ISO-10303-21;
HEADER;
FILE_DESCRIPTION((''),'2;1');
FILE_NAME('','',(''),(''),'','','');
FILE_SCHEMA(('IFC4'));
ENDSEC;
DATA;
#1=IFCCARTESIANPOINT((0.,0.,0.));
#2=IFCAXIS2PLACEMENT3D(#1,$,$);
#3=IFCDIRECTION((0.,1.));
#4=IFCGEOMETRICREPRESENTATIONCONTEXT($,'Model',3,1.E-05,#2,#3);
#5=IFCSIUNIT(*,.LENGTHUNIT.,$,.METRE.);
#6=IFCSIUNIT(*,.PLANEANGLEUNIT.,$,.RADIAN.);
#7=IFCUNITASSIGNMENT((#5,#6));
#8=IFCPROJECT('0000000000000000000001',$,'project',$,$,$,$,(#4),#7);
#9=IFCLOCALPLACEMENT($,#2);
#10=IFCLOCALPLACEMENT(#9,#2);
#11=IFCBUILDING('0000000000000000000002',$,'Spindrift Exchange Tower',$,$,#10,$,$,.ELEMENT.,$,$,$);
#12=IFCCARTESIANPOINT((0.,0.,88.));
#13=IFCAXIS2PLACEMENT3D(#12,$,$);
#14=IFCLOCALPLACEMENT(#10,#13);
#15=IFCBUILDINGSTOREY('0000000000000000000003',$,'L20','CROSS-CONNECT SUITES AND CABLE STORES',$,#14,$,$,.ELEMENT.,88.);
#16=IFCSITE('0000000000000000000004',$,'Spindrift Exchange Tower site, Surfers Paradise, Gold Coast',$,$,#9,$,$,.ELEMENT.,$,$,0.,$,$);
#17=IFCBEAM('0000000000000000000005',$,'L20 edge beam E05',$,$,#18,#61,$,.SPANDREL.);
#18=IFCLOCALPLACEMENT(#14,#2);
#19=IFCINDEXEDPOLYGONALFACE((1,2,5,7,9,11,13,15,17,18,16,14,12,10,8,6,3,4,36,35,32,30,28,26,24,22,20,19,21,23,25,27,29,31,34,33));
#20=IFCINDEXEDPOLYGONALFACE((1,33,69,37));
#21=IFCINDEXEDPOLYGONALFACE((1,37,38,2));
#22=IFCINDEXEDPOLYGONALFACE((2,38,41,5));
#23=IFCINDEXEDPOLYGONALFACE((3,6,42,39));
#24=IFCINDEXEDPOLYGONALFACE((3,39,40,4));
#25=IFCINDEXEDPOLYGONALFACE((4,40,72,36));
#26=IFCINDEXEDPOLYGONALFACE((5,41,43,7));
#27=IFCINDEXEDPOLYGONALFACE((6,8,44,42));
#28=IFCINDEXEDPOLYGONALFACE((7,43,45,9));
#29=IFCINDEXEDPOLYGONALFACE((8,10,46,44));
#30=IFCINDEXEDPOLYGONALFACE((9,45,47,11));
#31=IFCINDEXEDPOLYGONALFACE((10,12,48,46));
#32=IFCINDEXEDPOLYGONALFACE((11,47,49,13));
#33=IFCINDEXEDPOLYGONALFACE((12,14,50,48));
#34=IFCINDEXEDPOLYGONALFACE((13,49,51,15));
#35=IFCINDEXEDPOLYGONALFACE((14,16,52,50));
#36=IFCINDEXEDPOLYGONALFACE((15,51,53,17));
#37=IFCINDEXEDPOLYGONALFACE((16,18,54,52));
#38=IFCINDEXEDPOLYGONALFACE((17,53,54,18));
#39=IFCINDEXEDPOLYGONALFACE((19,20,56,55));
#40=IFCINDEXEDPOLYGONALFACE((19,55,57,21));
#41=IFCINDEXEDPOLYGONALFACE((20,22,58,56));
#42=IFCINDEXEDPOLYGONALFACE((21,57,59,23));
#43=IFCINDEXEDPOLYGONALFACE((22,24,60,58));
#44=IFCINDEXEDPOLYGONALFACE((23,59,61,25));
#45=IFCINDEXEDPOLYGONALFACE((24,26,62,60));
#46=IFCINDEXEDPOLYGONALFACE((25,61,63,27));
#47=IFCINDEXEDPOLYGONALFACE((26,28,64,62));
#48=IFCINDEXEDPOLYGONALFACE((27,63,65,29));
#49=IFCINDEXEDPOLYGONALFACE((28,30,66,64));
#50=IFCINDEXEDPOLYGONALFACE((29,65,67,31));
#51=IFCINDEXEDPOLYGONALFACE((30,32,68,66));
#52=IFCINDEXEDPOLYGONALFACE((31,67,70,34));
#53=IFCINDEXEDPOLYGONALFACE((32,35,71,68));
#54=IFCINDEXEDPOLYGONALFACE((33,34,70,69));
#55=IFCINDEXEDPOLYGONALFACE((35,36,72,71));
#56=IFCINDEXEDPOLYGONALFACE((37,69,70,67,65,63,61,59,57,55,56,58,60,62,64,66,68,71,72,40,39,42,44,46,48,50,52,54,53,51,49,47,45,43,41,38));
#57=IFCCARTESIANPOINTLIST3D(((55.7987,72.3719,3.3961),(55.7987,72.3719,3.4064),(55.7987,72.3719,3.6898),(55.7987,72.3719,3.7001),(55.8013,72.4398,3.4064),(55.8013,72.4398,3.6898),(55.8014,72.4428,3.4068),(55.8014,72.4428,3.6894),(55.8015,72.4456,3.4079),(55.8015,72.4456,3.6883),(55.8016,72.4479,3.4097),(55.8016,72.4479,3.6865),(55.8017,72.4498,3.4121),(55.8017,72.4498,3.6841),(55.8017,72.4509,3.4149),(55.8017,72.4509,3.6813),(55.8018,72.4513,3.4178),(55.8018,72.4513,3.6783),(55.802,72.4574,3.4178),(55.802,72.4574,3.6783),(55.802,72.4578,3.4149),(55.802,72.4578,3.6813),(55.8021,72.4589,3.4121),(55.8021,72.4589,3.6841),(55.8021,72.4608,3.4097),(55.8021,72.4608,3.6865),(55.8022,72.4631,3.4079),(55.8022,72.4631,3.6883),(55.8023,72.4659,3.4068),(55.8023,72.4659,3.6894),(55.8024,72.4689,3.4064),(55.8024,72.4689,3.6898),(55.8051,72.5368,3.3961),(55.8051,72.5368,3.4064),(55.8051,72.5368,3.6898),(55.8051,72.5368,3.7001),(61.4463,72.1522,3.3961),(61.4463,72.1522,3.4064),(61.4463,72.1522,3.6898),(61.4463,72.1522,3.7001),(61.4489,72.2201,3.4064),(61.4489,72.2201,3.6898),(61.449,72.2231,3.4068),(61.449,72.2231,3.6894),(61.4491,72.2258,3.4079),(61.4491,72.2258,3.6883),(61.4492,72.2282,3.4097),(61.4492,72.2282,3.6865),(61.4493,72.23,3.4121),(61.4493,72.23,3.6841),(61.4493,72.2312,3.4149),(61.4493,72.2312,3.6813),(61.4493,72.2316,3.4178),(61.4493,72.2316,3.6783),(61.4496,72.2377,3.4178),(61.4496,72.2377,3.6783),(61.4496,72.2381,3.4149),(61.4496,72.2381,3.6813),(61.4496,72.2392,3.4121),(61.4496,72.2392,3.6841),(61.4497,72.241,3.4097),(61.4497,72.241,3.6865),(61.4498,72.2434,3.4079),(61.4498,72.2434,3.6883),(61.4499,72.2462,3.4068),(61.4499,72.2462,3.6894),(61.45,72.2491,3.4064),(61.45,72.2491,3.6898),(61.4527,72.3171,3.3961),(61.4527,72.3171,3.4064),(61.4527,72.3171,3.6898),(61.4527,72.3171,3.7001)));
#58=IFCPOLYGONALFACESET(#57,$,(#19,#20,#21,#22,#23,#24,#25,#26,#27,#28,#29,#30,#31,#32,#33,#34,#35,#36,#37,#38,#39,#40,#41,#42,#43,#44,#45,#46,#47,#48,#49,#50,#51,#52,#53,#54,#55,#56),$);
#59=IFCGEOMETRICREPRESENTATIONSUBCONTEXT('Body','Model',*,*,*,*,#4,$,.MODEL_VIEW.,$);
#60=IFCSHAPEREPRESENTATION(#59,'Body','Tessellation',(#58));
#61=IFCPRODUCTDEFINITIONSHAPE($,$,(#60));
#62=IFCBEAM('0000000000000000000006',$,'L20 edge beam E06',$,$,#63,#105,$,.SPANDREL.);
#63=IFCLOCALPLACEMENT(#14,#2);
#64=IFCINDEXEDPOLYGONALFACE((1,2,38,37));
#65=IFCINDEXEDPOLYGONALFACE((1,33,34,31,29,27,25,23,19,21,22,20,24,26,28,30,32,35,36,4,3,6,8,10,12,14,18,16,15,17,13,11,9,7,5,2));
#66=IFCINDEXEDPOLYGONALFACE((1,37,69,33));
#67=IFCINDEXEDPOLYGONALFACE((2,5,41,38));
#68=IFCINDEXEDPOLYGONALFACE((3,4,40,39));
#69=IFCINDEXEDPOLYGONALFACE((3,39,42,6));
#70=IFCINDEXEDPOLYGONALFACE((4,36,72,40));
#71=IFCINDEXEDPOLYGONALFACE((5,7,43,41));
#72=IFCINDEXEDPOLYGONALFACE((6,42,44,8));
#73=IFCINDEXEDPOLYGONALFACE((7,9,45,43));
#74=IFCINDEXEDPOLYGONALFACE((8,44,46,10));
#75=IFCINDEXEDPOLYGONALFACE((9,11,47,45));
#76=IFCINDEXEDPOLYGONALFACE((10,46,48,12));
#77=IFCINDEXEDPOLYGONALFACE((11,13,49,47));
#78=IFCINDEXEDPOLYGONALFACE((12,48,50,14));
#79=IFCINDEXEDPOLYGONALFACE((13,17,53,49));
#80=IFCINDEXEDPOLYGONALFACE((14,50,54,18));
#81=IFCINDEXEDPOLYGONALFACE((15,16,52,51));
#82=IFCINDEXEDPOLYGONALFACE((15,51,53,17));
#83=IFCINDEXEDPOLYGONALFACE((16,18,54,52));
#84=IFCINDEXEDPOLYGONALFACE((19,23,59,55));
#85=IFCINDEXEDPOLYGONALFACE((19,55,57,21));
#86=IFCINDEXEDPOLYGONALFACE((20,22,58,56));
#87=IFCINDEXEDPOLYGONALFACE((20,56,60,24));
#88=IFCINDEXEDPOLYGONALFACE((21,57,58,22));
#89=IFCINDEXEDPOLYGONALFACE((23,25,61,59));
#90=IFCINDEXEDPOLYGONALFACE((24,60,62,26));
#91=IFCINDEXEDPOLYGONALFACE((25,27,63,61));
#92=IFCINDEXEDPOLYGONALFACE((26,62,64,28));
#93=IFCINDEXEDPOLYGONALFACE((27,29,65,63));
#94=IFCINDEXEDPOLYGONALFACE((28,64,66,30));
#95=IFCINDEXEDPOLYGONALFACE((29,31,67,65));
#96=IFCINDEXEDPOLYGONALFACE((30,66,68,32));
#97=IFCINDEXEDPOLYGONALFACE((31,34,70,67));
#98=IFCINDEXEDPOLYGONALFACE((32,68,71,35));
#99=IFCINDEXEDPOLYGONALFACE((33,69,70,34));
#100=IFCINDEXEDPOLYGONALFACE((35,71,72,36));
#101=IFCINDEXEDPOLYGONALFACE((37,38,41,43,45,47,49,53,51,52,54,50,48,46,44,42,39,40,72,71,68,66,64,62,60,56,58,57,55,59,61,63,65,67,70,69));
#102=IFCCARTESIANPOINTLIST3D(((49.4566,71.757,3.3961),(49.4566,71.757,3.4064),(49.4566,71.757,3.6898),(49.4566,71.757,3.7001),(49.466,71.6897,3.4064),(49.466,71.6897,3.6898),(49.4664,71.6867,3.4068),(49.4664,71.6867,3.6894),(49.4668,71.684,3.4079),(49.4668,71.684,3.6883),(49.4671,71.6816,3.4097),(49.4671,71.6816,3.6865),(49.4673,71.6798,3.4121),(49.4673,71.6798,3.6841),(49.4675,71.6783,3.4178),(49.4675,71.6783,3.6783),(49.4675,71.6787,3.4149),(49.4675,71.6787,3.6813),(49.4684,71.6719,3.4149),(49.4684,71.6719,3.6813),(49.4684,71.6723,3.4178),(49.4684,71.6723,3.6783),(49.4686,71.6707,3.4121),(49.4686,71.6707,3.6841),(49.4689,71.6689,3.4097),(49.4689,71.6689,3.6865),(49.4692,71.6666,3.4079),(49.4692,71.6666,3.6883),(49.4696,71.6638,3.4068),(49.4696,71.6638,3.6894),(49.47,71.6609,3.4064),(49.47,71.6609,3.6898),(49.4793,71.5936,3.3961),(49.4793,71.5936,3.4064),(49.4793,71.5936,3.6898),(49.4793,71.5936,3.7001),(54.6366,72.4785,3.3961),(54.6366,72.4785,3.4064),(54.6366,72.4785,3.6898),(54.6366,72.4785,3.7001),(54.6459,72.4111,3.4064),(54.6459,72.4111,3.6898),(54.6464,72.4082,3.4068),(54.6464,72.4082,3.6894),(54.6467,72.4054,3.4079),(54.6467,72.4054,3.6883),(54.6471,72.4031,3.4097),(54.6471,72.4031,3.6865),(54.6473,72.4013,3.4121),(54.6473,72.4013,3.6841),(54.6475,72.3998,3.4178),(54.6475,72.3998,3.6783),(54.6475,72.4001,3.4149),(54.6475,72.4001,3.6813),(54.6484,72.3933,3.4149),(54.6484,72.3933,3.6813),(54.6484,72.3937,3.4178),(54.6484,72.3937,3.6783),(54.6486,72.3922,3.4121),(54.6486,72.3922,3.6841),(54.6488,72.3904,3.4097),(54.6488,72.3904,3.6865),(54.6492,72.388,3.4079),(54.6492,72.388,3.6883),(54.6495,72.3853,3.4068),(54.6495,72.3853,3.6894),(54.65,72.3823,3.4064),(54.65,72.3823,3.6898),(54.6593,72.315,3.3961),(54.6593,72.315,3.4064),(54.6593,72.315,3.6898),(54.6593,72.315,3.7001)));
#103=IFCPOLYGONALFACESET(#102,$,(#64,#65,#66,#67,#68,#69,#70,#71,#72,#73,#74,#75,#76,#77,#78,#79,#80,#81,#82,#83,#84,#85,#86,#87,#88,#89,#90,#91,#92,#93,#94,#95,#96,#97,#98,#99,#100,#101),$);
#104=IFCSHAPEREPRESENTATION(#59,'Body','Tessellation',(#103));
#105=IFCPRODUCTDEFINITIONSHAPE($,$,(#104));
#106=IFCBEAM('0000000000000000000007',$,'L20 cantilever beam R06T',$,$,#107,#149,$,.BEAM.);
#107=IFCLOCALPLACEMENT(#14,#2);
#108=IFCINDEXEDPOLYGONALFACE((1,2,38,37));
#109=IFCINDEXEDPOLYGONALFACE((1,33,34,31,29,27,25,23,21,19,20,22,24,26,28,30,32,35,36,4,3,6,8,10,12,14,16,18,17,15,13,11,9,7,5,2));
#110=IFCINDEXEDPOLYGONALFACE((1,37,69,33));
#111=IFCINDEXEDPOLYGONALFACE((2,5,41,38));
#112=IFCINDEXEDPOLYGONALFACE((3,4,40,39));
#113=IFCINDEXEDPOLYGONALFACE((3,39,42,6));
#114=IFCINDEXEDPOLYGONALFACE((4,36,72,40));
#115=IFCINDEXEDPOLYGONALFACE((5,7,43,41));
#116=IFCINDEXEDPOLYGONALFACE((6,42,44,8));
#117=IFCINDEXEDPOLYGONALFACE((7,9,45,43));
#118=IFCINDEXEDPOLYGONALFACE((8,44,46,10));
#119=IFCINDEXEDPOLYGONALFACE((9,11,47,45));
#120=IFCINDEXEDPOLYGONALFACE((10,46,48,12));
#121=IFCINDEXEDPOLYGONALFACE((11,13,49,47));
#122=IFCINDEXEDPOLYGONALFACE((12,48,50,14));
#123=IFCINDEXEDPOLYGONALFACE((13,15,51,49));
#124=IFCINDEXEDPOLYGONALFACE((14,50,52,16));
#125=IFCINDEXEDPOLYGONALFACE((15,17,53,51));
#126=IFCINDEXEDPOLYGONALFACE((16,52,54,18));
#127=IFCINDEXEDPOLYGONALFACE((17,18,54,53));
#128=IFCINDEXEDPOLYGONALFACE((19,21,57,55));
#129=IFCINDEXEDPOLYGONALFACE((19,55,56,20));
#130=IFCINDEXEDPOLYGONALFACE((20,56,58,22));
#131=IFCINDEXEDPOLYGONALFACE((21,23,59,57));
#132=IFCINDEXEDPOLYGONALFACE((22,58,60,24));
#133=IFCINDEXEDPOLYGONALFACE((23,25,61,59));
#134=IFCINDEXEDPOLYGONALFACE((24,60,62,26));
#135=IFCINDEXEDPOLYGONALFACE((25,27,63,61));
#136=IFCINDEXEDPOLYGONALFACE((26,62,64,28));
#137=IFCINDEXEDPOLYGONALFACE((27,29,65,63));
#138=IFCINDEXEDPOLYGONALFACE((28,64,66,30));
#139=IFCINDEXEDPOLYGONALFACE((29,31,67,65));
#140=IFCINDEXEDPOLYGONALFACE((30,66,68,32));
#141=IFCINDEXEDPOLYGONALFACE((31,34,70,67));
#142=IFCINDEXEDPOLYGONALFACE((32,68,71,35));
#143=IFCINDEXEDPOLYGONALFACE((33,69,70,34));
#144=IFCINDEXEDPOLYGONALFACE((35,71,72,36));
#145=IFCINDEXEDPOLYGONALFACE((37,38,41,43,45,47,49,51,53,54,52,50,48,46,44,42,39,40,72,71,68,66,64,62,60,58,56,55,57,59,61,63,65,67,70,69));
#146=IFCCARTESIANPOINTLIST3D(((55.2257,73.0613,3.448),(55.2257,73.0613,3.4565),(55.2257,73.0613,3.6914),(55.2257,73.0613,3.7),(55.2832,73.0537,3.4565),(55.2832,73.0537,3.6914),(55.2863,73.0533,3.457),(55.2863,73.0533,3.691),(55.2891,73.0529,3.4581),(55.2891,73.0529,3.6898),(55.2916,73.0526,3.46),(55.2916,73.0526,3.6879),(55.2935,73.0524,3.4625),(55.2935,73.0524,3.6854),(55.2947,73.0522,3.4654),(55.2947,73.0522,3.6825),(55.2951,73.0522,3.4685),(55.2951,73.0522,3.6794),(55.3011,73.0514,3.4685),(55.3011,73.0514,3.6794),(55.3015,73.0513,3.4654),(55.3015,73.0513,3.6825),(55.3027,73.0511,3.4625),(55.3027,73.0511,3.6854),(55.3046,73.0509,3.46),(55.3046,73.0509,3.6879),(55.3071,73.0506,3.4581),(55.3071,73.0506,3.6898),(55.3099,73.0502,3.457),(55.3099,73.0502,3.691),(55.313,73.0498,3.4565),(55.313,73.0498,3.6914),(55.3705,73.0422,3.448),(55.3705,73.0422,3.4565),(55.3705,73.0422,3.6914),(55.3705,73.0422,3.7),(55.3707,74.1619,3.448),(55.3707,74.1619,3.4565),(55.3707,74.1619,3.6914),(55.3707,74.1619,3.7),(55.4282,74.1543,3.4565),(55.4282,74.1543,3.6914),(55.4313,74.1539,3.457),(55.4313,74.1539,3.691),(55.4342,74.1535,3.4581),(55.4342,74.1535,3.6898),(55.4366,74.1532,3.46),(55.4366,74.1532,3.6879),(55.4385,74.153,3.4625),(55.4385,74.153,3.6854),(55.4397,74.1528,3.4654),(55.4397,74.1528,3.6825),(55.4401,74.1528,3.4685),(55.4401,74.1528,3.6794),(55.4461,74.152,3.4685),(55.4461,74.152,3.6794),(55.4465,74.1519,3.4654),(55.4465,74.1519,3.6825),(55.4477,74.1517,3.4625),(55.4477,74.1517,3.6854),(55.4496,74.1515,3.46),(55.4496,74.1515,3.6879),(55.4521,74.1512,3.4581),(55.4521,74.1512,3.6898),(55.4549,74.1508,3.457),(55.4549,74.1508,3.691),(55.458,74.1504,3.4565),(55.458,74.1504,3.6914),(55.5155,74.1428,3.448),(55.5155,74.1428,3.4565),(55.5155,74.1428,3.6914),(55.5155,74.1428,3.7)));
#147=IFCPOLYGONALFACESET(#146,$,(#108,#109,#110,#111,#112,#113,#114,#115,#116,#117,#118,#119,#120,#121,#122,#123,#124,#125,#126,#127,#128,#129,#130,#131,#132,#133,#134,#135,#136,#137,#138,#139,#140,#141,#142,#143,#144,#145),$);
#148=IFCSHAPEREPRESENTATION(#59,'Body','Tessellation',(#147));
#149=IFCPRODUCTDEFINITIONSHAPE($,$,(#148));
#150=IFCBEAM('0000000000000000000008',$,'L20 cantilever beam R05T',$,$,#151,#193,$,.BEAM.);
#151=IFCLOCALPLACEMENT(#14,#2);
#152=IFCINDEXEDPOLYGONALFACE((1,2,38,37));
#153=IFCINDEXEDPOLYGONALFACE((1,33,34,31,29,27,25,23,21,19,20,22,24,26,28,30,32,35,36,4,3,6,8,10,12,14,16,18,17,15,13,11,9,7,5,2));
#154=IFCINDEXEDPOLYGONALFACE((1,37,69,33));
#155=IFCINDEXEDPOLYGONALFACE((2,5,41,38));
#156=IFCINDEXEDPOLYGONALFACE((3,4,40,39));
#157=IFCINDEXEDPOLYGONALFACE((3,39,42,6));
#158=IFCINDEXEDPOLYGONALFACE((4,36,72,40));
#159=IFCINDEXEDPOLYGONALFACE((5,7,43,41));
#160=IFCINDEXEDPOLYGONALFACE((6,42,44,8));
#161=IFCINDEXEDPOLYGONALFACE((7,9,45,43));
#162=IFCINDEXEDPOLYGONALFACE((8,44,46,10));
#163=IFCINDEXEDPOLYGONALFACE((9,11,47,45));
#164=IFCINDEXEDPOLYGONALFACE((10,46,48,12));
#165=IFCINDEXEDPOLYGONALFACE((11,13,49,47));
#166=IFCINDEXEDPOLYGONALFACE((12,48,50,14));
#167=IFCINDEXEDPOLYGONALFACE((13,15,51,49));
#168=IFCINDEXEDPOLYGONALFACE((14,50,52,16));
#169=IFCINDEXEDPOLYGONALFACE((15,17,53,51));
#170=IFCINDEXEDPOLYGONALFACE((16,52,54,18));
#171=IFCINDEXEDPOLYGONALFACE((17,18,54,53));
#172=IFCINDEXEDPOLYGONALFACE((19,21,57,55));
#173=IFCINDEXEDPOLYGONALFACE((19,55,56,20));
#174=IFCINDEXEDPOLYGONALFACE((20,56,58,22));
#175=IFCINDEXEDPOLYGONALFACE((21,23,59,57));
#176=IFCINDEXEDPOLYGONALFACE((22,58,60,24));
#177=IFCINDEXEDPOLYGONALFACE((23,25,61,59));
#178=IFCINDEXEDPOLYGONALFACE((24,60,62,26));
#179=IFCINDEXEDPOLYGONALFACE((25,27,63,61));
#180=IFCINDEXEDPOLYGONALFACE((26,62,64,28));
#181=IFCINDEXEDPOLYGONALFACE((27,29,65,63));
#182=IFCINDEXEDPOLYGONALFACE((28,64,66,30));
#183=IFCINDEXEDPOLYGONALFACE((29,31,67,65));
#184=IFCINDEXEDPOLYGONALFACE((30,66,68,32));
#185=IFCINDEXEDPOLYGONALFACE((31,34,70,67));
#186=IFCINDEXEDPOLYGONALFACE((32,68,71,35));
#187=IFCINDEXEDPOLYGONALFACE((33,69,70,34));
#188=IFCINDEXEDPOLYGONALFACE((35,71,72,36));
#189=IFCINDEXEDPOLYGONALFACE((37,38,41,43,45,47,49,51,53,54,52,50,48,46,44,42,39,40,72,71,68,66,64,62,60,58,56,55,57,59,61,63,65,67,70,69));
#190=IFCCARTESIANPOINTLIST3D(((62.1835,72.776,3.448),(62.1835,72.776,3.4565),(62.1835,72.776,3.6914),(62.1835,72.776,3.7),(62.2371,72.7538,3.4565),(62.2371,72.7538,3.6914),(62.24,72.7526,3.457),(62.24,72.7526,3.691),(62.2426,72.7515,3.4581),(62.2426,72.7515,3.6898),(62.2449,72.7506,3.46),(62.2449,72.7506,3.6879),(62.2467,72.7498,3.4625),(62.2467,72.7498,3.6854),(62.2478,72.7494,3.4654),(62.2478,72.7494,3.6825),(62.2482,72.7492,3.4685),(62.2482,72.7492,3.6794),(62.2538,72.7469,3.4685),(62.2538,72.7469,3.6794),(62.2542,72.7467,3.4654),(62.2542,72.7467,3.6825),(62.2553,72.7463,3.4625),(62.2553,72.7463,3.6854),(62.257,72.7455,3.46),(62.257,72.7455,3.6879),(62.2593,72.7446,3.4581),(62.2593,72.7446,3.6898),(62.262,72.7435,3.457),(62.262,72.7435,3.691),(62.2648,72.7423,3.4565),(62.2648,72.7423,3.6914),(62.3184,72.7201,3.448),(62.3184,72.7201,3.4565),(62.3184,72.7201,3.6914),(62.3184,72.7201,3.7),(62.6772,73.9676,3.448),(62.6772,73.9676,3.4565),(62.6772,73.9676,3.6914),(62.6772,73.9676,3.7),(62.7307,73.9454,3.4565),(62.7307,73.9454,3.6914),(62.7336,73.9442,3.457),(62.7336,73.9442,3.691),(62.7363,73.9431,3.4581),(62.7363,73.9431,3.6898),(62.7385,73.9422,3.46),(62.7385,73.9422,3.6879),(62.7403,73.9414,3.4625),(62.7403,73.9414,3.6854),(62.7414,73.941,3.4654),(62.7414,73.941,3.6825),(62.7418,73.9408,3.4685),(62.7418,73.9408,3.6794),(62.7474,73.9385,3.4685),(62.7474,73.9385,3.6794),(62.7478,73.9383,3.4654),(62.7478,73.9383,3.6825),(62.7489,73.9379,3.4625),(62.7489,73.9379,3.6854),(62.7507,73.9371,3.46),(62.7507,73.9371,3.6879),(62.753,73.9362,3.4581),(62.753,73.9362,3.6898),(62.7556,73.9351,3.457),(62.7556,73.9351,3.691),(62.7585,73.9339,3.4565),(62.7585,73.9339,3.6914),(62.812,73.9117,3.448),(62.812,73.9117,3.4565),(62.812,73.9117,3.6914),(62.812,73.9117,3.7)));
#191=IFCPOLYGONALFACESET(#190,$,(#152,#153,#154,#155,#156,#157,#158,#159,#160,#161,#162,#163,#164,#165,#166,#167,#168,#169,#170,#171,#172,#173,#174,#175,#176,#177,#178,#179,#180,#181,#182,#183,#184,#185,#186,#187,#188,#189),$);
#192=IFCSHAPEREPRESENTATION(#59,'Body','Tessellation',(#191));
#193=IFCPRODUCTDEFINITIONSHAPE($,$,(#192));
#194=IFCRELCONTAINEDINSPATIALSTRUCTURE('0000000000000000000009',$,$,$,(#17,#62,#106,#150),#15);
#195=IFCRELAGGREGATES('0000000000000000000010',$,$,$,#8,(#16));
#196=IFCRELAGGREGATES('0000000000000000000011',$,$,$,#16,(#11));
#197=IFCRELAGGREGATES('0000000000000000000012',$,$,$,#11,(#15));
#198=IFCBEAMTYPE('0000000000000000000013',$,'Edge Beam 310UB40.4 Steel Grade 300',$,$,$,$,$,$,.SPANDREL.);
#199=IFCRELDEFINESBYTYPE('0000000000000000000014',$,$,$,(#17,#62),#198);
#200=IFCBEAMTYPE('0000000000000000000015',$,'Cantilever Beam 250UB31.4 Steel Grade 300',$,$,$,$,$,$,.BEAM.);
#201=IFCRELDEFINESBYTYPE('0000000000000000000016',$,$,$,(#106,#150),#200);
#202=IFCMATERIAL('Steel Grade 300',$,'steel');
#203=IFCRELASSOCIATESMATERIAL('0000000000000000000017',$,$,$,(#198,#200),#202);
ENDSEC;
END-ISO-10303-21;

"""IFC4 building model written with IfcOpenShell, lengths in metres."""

from ifc_helpers import new_model, si_unit, direction, frame, origin, origin_2d, place, context, subcontext, project, spatial, i_section, extrude, source, transform, mapped, material, material_profile, profile_set, type_object, element, save


model = new_model("IFC4")

# Units and contexts
model_context = context("Model", 3, precision=1e-05, world=origin(), true_north=direction((0.0, 1.0)))
body_context = subcontext(model_context, "Body", "Model", "MODEL_VIEW")
ifc_project = project(units=[si_unit("LENGTHUNIT", "METRE"), si_unit("PLANEANGLEUNIT", "RADIAN")], contexts=[model_context])

# Site, building, storey
site_placement = place(None, origin())
site = spatial("IfcSite", under=ifc_project, at=site_placement, Name="Spindrift Exchange Tower site, Surfers Paradise, Gold Coast", CompositionType="ELEMENT", RefElevation=0.0)
building_placement = place(site_placement, origin())
building = spatial("IfcBuilding", under=site, at=building_placement, Name="Spindrift Exchange Tower", CompositionType="ELEMENT")
storey_placement = place(building_placement, frame((0.0, 0.0, 88.0)))
storey = spatial("IfcBuildingStorey", under=building, at=storey_placement, Name="L20", Description="CROSS-CONNECT SUITES AND CABLE STORES", CompositionType="ELEMENT", Elevation=88.0)

# Beams
ifc_material_1 = material(Name="Steel Grade 300", Category="steel")
ifc_material_profile_1 = material_profile(ifc_material_1, i_section(OverallWidth=0.165, OverallDepth=0.304, WebThickness=0.0061, FlangeThickness=0.0103, FilletRadius=0.0115, at=origin_2d()), Name="310UB40.4")
ifc_profile_set_1 = profile_set([ifc_material_profile_1], Name="Steel Grade 300")
beam_type_1 = type_object("IfcBeamType", Name="Edge Beam 310UB40.4 Steel Grade 300", PredefinedType="SPANDREL", material=ifc_profile_set_1)
shared_shape_1 = source(origin(), body_context, "Body", "SweptSolid", [
    extrude(i_section(OverallWidth=0.165, OverallDepth=0.304, WebThickness=0.0061, FlangeThickness=0.0103, FilletRadius=0.0115, at=origin_2d()), origin(), (0.0, 0.0, 1.0), 5.6519),
])
beam_1_placement = place(storey_placement, frame((61.4495, 72.2346, 3.5481), z_axis=(-0.999244, 0.038878, 0.0), x_axis=(-0.038878, -0.999244, 0.0)))
element("IfcBeam", 1, at=beam_1_placement, inside=storey, type_object=beam_type_1, Name="L20 edge beam E05", PredefinedType="SPANDREL", context=body_context, shape_type="MappedRepresentation", body=[
    mapped(shared_shape_1, transform((0.0, 0.0, 0.0), scale=1.0)),
])
shared_shape_2 = source(origin(), body_context, "Body", "SweptSolid", [
    extrude(i_section(OverallWidth=0.165, OverallDepth=0.304, WebThickness=0.0061, FlangeThickness=0.0103, FilletRadius=0.0115, at=origin_2d()), origin(), (0.0, 0.0, 1.0), 5.23),
])
beam_2_placement = place(storey_placement, frame((54.6479, 72.3967, 3.5481), z_axis=(-0.99044, -0.137944, 0.0), x_axis=(0.137944, -0.99044, 0.0)))
element("IfcBeam", 2, at=beam_2_placement, inside=storey, type_object=beam_type_1, Name="L20 edge beam E06", PredefinedType="SPANDREL", context=body_context, shape_type="MappedRepresentation", body=[
    mapped(shared_shape_2, transform((0.0, 0.0, 0.0), scale=1.0)),
])
ifc_material_profile_2 = material_profile(ifc_material_1, i_section(OverallWidth=0.146, OverallDepth=0.252, WebThickness=0.0061, FlangeThickness=0.0085, FilletRadius=0.012, at=origin_2d()), Name="250UB31.4")
ifc_profile_set_2 = profile_set([ifc_material_profile_2], Name="Steel Grade 300")
beam_type_2 = type_object("IfcBeamType", Name="Cantilever Beam 250UB31.4 Steel Grade 300", PredefinedType="BEAM", material=ifc_profile_set_2)
shared_shape_3 = source(origin(), body_context, "Body", "SweptSolid", [
    extrude(i_section(OverallWidth=0.146, OverallDepth=0.252, WebThickness=0.0061, FlangeThickness=0.0085, FilletRadius=0.012, at=origin_2d()), origin(), (0.0, 0.0, 1.0), 1.1101),
])
beam_3_placement = place(storey_placement, frame((55.2981, 73.0518, 3.574), z_axis=(0.130637, 0.99143, 0.0), x_axis=(-0.99143, 0.130637, 0.0)))
element("IfcBeam", 3, at=beam_3_placement, inside=storey, type_object=beam_type_2, Name="L20 cantilever beam R06T", PredefinedType="BEAM", context=body_context, shape_type="MappedRepresentation", body=[
    mapped(shared_shape_3, transform((0.0, 0.0, 0.0), scale=1.0)),
])
shared_shape_4 = source(origin(), body_context, "Body", "SweptSolid", [
    extrude(i_section(OverallWidth=0.146, OverallDepth=0.252, WebThickness=0.0061, FlangeThickness=0.0085, FilletRadius=0.012, at=origin_2d()), origin(), (0.0, 0.0, 1.0), 1.2898),
])
beam_4_placement = place(storey_placement, frame((62.251, 72.748, 3.574), z_axis=(0.38272, 0.923865, 0.0), x_axis=(-0.923865, 0.38272, 0.0)))
element("IfcBeam", 4, at=beam_4_placement, inside=storey, type_object=beam_type_2, Name="L20 cantilever beam R05T", PredefinedType="BEAM", context=body_context, shape_type="MappedRepresentation", body=[
    mapped(shared_shape_4, transform((0.0, 0.0, 0.0), scale=1.0)),
])

save(model, "model.ifc")
